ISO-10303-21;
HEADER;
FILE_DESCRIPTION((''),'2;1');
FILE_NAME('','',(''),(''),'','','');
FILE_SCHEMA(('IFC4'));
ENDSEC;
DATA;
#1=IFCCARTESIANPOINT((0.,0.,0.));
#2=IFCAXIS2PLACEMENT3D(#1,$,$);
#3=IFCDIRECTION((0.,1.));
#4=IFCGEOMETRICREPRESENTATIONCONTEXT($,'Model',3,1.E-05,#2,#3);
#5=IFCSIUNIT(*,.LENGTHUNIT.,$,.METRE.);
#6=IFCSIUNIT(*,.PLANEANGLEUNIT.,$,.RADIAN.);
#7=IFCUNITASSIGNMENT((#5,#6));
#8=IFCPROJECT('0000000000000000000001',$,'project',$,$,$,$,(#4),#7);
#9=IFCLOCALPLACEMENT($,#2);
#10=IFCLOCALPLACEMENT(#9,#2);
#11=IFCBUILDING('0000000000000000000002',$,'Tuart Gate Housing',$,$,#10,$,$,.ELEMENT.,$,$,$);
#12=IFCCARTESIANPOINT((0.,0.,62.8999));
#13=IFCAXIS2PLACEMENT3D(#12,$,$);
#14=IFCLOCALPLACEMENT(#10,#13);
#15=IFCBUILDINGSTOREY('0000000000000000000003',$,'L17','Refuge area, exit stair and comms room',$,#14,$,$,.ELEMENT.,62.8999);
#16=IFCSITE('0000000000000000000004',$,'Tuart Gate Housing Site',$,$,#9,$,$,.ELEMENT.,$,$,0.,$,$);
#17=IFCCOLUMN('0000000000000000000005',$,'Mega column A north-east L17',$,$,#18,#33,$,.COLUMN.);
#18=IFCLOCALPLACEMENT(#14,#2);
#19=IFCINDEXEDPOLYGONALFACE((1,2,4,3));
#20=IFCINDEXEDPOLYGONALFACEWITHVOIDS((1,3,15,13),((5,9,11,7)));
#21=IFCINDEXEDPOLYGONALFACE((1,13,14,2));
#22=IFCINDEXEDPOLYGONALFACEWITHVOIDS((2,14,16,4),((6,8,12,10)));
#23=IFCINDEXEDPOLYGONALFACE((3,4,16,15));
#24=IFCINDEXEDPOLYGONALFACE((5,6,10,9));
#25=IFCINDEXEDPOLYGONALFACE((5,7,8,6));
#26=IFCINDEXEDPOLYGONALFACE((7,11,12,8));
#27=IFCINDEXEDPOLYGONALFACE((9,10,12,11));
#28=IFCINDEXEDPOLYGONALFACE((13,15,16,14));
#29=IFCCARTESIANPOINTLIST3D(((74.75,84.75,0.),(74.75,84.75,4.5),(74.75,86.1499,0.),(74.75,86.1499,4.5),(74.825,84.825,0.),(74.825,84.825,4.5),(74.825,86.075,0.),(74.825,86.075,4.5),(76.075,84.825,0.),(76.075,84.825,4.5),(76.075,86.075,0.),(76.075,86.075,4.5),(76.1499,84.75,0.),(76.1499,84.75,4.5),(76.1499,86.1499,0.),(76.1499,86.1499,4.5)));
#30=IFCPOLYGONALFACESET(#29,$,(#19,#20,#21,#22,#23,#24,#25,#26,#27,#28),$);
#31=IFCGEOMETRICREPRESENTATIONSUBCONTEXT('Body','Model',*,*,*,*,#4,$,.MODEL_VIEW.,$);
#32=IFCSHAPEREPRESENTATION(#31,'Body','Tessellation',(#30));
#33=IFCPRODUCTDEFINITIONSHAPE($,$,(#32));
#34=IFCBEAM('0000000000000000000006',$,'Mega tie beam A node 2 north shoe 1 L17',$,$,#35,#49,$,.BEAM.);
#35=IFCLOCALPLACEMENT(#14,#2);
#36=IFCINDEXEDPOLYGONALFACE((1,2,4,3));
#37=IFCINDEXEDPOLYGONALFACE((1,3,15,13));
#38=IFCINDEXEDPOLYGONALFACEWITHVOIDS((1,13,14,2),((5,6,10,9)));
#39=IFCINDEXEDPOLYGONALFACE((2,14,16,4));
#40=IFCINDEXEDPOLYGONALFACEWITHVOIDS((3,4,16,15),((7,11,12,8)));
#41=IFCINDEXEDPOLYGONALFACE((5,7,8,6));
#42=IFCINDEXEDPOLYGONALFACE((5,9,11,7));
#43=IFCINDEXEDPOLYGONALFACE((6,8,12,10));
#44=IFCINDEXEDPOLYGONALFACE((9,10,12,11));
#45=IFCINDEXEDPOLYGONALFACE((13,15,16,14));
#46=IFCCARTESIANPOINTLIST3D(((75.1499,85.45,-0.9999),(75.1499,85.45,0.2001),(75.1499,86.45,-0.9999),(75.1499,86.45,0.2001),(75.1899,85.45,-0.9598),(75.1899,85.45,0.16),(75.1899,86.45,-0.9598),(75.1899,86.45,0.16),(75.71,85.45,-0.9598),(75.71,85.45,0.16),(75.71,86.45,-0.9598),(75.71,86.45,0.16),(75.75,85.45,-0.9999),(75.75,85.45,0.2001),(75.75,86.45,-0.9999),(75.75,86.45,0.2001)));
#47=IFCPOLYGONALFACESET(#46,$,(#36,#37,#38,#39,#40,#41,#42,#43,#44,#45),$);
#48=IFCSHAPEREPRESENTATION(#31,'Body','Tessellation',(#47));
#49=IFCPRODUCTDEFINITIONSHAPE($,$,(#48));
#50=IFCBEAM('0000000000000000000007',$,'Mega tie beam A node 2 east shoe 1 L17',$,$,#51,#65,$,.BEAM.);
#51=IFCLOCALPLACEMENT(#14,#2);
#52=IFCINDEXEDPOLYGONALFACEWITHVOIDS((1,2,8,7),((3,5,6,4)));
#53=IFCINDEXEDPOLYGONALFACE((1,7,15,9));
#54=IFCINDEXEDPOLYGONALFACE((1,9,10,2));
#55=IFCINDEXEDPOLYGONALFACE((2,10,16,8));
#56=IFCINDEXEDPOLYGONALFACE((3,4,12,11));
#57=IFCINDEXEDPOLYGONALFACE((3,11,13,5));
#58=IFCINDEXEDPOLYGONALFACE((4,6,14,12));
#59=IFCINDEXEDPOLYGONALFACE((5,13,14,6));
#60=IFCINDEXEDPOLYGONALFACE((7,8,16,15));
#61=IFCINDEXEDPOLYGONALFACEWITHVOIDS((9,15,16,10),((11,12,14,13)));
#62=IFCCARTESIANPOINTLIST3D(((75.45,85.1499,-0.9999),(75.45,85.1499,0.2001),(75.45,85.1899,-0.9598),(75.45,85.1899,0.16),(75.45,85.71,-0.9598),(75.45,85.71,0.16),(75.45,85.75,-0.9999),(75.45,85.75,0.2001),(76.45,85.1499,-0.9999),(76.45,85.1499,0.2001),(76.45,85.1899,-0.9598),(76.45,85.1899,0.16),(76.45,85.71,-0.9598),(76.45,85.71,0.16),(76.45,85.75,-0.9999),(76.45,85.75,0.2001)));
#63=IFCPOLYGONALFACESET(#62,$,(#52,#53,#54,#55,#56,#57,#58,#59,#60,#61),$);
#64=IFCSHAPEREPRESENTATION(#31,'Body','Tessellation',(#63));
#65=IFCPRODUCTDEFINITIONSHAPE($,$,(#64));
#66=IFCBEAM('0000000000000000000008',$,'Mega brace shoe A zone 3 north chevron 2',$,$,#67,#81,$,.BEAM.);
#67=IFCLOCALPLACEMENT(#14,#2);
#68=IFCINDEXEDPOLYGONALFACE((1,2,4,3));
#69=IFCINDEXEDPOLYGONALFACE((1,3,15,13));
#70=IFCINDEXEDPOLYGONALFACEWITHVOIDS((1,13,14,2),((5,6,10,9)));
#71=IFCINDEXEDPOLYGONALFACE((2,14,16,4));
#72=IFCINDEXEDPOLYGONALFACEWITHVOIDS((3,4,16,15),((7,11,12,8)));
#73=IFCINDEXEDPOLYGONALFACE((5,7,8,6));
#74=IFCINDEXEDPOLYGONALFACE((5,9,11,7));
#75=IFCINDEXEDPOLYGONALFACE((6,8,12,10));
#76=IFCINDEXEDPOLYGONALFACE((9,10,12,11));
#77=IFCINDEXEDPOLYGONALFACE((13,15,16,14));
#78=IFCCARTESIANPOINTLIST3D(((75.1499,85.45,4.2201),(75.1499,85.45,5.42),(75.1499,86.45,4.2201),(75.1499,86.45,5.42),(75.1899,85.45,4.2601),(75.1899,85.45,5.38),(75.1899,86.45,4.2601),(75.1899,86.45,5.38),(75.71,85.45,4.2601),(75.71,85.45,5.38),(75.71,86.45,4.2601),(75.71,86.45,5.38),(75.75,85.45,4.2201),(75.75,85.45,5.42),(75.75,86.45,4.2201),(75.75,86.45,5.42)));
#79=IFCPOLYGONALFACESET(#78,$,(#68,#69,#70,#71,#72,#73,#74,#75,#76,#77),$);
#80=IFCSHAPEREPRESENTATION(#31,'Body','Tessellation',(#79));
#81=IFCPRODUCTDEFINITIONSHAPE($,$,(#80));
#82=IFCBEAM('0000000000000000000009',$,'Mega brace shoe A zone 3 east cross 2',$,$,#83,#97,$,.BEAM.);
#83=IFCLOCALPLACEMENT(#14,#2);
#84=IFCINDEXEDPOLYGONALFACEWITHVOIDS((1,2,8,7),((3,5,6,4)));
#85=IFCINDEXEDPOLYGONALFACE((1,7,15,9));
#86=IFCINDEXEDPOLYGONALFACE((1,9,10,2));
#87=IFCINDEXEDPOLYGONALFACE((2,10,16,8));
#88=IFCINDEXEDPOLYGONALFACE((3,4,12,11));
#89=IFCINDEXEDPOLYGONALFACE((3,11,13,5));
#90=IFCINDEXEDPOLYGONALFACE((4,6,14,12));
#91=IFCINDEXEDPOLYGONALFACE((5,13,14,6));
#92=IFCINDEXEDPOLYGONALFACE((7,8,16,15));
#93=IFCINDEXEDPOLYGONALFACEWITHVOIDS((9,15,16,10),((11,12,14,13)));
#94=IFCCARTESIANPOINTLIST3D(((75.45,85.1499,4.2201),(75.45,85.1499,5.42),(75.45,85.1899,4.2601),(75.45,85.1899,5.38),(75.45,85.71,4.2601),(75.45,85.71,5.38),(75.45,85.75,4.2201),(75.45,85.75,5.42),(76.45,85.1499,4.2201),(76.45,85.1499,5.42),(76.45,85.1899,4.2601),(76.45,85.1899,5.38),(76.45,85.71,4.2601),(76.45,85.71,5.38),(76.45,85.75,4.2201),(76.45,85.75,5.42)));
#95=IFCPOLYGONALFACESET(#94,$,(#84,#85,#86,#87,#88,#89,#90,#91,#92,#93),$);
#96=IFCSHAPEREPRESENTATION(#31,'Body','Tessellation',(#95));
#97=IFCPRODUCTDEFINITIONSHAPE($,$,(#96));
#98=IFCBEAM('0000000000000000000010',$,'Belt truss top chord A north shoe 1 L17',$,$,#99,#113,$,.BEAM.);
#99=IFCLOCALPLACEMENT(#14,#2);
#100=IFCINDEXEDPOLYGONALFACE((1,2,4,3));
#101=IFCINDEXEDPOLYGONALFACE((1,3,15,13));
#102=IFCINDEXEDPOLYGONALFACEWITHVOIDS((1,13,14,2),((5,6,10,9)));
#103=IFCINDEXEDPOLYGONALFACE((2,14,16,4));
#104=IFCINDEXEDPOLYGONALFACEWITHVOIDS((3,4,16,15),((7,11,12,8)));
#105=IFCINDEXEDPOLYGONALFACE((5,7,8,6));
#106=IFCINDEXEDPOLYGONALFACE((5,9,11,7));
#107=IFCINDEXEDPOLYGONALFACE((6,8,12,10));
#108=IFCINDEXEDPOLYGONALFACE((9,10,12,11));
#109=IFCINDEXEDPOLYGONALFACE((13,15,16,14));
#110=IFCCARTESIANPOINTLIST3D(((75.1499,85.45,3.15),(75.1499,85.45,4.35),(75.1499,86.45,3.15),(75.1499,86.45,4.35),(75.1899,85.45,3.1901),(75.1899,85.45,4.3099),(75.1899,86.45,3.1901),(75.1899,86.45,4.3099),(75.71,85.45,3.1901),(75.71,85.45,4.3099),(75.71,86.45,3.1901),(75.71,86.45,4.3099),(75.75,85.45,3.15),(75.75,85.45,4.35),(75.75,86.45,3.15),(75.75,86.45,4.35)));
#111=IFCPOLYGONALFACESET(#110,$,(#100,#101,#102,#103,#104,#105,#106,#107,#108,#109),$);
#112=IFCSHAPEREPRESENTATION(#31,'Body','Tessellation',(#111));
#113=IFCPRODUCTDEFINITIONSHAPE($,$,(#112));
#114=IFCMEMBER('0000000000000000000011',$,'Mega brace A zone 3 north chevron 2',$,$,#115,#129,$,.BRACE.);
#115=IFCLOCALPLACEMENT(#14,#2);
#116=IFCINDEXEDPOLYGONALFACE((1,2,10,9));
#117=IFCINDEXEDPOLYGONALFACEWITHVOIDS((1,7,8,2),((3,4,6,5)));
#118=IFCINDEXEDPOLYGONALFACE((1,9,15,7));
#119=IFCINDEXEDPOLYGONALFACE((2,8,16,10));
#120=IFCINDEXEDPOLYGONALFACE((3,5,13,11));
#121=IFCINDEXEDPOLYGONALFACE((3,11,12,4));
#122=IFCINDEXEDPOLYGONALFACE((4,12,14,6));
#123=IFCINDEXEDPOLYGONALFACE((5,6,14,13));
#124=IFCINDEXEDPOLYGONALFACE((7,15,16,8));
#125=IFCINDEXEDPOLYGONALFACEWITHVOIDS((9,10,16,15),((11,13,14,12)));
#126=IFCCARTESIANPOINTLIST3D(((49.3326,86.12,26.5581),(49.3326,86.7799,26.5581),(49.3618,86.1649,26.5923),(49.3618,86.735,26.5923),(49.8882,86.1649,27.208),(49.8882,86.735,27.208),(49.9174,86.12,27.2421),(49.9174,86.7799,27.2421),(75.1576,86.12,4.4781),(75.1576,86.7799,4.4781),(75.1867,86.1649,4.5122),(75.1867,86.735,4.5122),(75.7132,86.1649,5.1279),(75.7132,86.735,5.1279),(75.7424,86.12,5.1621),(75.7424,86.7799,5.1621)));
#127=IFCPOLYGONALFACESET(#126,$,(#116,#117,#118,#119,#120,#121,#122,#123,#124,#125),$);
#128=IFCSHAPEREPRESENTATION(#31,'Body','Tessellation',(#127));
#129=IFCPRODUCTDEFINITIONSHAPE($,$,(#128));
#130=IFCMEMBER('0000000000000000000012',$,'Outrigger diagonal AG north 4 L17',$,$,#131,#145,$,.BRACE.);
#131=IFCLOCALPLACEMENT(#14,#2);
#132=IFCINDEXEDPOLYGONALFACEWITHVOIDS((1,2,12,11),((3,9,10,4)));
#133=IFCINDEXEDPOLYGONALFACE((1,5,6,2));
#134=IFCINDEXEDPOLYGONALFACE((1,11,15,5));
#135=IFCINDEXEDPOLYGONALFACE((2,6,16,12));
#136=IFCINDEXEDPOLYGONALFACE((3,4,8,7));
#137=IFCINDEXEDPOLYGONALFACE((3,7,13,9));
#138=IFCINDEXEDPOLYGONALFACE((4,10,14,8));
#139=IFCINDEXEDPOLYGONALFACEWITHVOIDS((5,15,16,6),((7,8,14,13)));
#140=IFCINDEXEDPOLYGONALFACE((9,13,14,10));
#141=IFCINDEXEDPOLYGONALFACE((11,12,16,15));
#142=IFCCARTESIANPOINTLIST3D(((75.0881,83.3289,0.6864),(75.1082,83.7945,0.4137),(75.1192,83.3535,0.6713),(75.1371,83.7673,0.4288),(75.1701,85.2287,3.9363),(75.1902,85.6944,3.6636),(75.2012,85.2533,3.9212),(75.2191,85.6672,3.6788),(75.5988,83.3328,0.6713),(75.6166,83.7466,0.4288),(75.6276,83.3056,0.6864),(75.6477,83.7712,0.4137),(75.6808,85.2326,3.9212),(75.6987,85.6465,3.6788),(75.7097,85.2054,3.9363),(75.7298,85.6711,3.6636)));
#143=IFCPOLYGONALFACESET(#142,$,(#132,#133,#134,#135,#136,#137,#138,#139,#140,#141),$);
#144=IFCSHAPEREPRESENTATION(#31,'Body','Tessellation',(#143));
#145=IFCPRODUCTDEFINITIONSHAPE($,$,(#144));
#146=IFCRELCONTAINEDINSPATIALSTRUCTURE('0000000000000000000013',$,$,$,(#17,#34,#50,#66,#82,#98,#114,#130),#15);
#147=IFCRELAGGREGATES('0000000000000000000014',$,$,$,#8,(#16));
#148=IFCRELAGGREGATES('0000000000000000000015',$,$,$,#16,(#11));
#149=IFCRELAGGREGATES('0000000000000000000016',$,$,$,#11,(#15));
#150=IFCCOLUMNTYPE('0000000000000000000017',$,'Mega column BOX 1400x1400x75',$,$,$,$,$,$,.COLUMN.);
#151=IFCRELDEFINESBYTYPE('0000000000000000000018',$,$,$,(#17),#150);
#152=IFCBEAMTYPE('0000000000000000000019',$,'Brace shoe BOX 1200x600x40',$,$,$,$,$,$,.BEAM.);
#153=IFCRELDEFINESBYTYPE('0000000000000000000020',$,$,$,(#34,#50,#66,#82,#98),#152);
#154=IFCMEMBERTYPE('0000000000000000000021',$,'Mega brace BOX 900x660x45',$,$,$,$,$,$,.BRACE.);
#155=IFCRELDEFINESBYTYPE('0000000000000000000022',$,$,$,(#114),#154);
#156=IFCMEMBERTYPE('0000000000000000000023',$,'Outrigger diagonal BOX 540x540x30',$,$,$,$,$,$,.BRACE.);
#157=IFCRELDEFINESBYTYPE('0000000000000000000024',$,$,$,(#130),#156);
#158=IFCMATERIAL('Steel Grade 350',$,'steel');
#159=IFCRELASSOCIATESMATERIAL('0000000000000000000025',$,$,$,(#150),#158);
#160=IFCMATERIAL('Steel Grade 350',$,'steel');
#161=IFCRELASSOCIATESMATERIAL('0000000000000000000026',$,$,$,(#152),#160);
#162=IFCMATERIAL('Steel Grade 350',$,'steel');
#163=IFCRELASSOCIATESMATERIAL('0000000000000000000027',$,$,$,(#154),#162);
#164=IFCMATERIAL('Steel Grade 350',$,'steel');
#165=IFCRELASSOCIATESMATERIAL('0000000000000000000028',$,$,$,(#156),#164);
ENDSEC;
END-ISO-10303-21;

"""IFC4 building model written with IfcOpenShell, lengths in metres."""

from ifc_helpers import new_model, si_unit, direction, frame, origin, origin_2d, place, context, subcontext, project, spatial, hollow_rectangle, extrude, material, material_profile, profile_set, type_object, element, save


model = new_model("IFC4")

# Units and contexts
model_context = context("Model", 3, precision=1e-05, world=origin(), true_north=direction((0.0, 1.0)))
body_context = subcontext(model_context, "Body", "Model", "MODEL_VIEW")
ifc_project = project(units=[si_unit("LENGTHUNIT", "METRE"), si_unit("PLANEANGLEUNIT", "RADIAN")], contexts=[model_context])

# Site, building, storey
site_placement = place(None, origin())
site = spatial("IfcSite", under=ifc_project, at=site_placement, Name="Tuart Gate Housing Site", CompositionType="ELEMENT", RefElevation=0.0)
building_placement = place(site_placement, origin())
building = spatial("IfcBuilding", under=site, at=building_placement, Name="Tuart Gate Housing", CompositionType="ELEMENT")
storey_placement = place(building_placement, frame((0.0, 0.0, 62.8999)))
storey = spatial("IfcBuildingStorey", under=building, at=storey_placement, Name="L17", Description="Refuge area, exit stair and comms room", CompositionType="ELEMENT", Elevation=62.8999)

# Column
ifc_material_1 = material(Name="Steel Grade 350", Category="steel")
ifc_material_profile_1 = material_profile(ifc_material_1, hollow_rectangle(XDim=1.3999, YDim=1.3999, WallThickness=0.075, at=origin_2d()), Name="BOX 1400x1400x75")
ifc_profile_set_1 = profile_set([ifc_material_profile_1], Name="Steel Grade 350")
column_type = type_object("IfcColumnType", Name="Mega column BOX 1400x1400x75", PredefinedType="COLUMN", material=ifc_profile_set_1)
column_placement = place(storey_placement, frame((75.45, 85.45, 0.0), z_axis=(0.0, 0.0, 1.0), x_axis=(1.0, 0.0, 0.0)))
element("IfcColumn", 1, at=column_placement, inside=storey, type_object=column_type, Name="Mega column A north-east L17", PredefinedType="COLUMN", context=body_context, shape_type="SweptSolid", body=[
    extrude(hollow_rectangle(XDim=1.3999, YDim=1.3999, WallThickness=0.075, at=origin_2d()), origin(), (0.0, 0.0, 1.0), 4.5),
])

# Beams
ifc_material_2 = material(Name="Steel Grade 350", Category="steel")
ifc_material_profile_2 = material_profile(ifc_material_2, hollow_rectangle(XDim=0.6001, YDim=1.2, WallThickness=0.04, at=origin_2d()), Name="BOX 1200x600x40")
ifc_profile_set_2 = profile_set([ifc_material_profile_2], Name="Steel Grade 350")
beam_type = type_object("IfcBeamType", Name="Brace shoe BOX 1200x600x40", PredefinedType="BEAM", material=ifc_profile_set_2)
for number, where, z_axis, x_axis, name in (
    (2, (75.45, 85.45, -0.3999), (0.0, 1.0, 0.0), (-1.0, 0.0, 0.0), "Mega tie beam A node 2 north shoe 1 L17"),
    (3, (75.45, 85.45, -0.3999), (1.0, 0.0, 0.0), (0.0, 1.0, 0.0), "Mega tie beam A node 2 east shoe 1 L17"),
    (4, (75.45, 85.45, 4.8201), (0.0, 1.0, 0.0), (-1.0, 0.0, 0.0), "Mega brace shoe A zone 3 north chevron 2"),
    (5, (75.45, 85.45, 4.8201), (1.0, 0.0, 0.0), (0.0, 1.0, 0.0), "Mega brace shoe A zone 3 east cross 2"),
    (6, (75.45, 85.45, 3.75), (0.0, 1.0, 0.0), (-1.0, 0.0, 0.0), "Belt truss top chord A north shoe 1 L17"),
):
    element("IfcBeam", number, at=place(storey_placement, frame(where, z_axis=z_axis, x_axis=x_axis)), inside=storey, type_object=beam_type, Name=name, PredefinedType="BEAM", context=body_context, shape_type="SweptSolid", body=[
        extrude(hollow_rectangle(XDim=0.6001, YDim=1.2, WallThickness=0.04, at=origin_2d()), origin(), (0.0, 0.0, 1.0), 1.0),
    ])

# Members
ifc_material_3 = material(Name="Steel Grade 350", Category="steel")
ifc_material_profile_3 = material_profile(ifc_material_3, hollow_rectangle(XDim=0.6599, YDim=0.8999, WallThickness=0.0449, at=origin_2d()), Name="BOX 900x660x45")
ifc_profile_set_3 = profile_set([ifc_material_profile_3], Name="Steel Grade 350")
member_type_1 = type_object("IfcMemberType", Name="Mega brace BOX 900x660x45", PredefinedType="BRACE", material=ifc_profile_set_3)
member_1_placement = place(storey_placement, frame((75.45, 86.45, 4.8201), z_axis=(-0.760065, 0.0, 0.649848), x_axis=(0.0, -1.0, 0.0)))
element("IfcMember", 7, at=member_1_placement, inside=storey, type_object=member_type_1, Name="Mega brace A zone 3 north chevron 2", PredefinedType="BRACE", context=body_context, shape_type="SweptSolid", body=[
    extrude(hollow_rectangle(XDim=0.6599, YDim=0.8999, WallThickness=0.0449, at=origin_2d()), origin(), (0.0, 0.0, 1.0), 33.9773),
])
ifc_material_4 = material(Name="Steel Grade 350", Category="steel")
ifc_material_profile_4 = material_profile(ifc_material_4, hollow_rectangle(XDim=0.54, YDim=0.54, WallThickness=0.03, at=origin_2d()), Name="BOX 540x540x30")
ifc_profile_set_4 = profile_set([ifc_material_profile_4], Name="Steel Grade 350")
member_type_2 = type_object("IfcMemberType", Name="Outrigger diagonal BOX 540x540x30", PredefinedType="BRACE", material=ifc_profile_set_4)
member_2_placement = place(storey_placement, frame((75.3679, 83.55, 0.55), z_axis=(0.021785, 0.504557, 0.863103), x_axis=(-0.999069, 0.043136, 0.0)))
element("IfcMember", 8, at=member_2_placement, inside=storey, type_object=member_type_2, Name="Outrigger diagonal AG north 4 L17", PredefinedType="BRACE", context=body_context, shape_type="SweptSolid", body=[
    extrude(hollow_rectangle(XDim=0.54, YDim=0.54, WallThickness=0.03, at=origin_2d()), origin(), (0.0, 0.0, 1.0), 3.7654),
])

save(model, "model.ifc")
